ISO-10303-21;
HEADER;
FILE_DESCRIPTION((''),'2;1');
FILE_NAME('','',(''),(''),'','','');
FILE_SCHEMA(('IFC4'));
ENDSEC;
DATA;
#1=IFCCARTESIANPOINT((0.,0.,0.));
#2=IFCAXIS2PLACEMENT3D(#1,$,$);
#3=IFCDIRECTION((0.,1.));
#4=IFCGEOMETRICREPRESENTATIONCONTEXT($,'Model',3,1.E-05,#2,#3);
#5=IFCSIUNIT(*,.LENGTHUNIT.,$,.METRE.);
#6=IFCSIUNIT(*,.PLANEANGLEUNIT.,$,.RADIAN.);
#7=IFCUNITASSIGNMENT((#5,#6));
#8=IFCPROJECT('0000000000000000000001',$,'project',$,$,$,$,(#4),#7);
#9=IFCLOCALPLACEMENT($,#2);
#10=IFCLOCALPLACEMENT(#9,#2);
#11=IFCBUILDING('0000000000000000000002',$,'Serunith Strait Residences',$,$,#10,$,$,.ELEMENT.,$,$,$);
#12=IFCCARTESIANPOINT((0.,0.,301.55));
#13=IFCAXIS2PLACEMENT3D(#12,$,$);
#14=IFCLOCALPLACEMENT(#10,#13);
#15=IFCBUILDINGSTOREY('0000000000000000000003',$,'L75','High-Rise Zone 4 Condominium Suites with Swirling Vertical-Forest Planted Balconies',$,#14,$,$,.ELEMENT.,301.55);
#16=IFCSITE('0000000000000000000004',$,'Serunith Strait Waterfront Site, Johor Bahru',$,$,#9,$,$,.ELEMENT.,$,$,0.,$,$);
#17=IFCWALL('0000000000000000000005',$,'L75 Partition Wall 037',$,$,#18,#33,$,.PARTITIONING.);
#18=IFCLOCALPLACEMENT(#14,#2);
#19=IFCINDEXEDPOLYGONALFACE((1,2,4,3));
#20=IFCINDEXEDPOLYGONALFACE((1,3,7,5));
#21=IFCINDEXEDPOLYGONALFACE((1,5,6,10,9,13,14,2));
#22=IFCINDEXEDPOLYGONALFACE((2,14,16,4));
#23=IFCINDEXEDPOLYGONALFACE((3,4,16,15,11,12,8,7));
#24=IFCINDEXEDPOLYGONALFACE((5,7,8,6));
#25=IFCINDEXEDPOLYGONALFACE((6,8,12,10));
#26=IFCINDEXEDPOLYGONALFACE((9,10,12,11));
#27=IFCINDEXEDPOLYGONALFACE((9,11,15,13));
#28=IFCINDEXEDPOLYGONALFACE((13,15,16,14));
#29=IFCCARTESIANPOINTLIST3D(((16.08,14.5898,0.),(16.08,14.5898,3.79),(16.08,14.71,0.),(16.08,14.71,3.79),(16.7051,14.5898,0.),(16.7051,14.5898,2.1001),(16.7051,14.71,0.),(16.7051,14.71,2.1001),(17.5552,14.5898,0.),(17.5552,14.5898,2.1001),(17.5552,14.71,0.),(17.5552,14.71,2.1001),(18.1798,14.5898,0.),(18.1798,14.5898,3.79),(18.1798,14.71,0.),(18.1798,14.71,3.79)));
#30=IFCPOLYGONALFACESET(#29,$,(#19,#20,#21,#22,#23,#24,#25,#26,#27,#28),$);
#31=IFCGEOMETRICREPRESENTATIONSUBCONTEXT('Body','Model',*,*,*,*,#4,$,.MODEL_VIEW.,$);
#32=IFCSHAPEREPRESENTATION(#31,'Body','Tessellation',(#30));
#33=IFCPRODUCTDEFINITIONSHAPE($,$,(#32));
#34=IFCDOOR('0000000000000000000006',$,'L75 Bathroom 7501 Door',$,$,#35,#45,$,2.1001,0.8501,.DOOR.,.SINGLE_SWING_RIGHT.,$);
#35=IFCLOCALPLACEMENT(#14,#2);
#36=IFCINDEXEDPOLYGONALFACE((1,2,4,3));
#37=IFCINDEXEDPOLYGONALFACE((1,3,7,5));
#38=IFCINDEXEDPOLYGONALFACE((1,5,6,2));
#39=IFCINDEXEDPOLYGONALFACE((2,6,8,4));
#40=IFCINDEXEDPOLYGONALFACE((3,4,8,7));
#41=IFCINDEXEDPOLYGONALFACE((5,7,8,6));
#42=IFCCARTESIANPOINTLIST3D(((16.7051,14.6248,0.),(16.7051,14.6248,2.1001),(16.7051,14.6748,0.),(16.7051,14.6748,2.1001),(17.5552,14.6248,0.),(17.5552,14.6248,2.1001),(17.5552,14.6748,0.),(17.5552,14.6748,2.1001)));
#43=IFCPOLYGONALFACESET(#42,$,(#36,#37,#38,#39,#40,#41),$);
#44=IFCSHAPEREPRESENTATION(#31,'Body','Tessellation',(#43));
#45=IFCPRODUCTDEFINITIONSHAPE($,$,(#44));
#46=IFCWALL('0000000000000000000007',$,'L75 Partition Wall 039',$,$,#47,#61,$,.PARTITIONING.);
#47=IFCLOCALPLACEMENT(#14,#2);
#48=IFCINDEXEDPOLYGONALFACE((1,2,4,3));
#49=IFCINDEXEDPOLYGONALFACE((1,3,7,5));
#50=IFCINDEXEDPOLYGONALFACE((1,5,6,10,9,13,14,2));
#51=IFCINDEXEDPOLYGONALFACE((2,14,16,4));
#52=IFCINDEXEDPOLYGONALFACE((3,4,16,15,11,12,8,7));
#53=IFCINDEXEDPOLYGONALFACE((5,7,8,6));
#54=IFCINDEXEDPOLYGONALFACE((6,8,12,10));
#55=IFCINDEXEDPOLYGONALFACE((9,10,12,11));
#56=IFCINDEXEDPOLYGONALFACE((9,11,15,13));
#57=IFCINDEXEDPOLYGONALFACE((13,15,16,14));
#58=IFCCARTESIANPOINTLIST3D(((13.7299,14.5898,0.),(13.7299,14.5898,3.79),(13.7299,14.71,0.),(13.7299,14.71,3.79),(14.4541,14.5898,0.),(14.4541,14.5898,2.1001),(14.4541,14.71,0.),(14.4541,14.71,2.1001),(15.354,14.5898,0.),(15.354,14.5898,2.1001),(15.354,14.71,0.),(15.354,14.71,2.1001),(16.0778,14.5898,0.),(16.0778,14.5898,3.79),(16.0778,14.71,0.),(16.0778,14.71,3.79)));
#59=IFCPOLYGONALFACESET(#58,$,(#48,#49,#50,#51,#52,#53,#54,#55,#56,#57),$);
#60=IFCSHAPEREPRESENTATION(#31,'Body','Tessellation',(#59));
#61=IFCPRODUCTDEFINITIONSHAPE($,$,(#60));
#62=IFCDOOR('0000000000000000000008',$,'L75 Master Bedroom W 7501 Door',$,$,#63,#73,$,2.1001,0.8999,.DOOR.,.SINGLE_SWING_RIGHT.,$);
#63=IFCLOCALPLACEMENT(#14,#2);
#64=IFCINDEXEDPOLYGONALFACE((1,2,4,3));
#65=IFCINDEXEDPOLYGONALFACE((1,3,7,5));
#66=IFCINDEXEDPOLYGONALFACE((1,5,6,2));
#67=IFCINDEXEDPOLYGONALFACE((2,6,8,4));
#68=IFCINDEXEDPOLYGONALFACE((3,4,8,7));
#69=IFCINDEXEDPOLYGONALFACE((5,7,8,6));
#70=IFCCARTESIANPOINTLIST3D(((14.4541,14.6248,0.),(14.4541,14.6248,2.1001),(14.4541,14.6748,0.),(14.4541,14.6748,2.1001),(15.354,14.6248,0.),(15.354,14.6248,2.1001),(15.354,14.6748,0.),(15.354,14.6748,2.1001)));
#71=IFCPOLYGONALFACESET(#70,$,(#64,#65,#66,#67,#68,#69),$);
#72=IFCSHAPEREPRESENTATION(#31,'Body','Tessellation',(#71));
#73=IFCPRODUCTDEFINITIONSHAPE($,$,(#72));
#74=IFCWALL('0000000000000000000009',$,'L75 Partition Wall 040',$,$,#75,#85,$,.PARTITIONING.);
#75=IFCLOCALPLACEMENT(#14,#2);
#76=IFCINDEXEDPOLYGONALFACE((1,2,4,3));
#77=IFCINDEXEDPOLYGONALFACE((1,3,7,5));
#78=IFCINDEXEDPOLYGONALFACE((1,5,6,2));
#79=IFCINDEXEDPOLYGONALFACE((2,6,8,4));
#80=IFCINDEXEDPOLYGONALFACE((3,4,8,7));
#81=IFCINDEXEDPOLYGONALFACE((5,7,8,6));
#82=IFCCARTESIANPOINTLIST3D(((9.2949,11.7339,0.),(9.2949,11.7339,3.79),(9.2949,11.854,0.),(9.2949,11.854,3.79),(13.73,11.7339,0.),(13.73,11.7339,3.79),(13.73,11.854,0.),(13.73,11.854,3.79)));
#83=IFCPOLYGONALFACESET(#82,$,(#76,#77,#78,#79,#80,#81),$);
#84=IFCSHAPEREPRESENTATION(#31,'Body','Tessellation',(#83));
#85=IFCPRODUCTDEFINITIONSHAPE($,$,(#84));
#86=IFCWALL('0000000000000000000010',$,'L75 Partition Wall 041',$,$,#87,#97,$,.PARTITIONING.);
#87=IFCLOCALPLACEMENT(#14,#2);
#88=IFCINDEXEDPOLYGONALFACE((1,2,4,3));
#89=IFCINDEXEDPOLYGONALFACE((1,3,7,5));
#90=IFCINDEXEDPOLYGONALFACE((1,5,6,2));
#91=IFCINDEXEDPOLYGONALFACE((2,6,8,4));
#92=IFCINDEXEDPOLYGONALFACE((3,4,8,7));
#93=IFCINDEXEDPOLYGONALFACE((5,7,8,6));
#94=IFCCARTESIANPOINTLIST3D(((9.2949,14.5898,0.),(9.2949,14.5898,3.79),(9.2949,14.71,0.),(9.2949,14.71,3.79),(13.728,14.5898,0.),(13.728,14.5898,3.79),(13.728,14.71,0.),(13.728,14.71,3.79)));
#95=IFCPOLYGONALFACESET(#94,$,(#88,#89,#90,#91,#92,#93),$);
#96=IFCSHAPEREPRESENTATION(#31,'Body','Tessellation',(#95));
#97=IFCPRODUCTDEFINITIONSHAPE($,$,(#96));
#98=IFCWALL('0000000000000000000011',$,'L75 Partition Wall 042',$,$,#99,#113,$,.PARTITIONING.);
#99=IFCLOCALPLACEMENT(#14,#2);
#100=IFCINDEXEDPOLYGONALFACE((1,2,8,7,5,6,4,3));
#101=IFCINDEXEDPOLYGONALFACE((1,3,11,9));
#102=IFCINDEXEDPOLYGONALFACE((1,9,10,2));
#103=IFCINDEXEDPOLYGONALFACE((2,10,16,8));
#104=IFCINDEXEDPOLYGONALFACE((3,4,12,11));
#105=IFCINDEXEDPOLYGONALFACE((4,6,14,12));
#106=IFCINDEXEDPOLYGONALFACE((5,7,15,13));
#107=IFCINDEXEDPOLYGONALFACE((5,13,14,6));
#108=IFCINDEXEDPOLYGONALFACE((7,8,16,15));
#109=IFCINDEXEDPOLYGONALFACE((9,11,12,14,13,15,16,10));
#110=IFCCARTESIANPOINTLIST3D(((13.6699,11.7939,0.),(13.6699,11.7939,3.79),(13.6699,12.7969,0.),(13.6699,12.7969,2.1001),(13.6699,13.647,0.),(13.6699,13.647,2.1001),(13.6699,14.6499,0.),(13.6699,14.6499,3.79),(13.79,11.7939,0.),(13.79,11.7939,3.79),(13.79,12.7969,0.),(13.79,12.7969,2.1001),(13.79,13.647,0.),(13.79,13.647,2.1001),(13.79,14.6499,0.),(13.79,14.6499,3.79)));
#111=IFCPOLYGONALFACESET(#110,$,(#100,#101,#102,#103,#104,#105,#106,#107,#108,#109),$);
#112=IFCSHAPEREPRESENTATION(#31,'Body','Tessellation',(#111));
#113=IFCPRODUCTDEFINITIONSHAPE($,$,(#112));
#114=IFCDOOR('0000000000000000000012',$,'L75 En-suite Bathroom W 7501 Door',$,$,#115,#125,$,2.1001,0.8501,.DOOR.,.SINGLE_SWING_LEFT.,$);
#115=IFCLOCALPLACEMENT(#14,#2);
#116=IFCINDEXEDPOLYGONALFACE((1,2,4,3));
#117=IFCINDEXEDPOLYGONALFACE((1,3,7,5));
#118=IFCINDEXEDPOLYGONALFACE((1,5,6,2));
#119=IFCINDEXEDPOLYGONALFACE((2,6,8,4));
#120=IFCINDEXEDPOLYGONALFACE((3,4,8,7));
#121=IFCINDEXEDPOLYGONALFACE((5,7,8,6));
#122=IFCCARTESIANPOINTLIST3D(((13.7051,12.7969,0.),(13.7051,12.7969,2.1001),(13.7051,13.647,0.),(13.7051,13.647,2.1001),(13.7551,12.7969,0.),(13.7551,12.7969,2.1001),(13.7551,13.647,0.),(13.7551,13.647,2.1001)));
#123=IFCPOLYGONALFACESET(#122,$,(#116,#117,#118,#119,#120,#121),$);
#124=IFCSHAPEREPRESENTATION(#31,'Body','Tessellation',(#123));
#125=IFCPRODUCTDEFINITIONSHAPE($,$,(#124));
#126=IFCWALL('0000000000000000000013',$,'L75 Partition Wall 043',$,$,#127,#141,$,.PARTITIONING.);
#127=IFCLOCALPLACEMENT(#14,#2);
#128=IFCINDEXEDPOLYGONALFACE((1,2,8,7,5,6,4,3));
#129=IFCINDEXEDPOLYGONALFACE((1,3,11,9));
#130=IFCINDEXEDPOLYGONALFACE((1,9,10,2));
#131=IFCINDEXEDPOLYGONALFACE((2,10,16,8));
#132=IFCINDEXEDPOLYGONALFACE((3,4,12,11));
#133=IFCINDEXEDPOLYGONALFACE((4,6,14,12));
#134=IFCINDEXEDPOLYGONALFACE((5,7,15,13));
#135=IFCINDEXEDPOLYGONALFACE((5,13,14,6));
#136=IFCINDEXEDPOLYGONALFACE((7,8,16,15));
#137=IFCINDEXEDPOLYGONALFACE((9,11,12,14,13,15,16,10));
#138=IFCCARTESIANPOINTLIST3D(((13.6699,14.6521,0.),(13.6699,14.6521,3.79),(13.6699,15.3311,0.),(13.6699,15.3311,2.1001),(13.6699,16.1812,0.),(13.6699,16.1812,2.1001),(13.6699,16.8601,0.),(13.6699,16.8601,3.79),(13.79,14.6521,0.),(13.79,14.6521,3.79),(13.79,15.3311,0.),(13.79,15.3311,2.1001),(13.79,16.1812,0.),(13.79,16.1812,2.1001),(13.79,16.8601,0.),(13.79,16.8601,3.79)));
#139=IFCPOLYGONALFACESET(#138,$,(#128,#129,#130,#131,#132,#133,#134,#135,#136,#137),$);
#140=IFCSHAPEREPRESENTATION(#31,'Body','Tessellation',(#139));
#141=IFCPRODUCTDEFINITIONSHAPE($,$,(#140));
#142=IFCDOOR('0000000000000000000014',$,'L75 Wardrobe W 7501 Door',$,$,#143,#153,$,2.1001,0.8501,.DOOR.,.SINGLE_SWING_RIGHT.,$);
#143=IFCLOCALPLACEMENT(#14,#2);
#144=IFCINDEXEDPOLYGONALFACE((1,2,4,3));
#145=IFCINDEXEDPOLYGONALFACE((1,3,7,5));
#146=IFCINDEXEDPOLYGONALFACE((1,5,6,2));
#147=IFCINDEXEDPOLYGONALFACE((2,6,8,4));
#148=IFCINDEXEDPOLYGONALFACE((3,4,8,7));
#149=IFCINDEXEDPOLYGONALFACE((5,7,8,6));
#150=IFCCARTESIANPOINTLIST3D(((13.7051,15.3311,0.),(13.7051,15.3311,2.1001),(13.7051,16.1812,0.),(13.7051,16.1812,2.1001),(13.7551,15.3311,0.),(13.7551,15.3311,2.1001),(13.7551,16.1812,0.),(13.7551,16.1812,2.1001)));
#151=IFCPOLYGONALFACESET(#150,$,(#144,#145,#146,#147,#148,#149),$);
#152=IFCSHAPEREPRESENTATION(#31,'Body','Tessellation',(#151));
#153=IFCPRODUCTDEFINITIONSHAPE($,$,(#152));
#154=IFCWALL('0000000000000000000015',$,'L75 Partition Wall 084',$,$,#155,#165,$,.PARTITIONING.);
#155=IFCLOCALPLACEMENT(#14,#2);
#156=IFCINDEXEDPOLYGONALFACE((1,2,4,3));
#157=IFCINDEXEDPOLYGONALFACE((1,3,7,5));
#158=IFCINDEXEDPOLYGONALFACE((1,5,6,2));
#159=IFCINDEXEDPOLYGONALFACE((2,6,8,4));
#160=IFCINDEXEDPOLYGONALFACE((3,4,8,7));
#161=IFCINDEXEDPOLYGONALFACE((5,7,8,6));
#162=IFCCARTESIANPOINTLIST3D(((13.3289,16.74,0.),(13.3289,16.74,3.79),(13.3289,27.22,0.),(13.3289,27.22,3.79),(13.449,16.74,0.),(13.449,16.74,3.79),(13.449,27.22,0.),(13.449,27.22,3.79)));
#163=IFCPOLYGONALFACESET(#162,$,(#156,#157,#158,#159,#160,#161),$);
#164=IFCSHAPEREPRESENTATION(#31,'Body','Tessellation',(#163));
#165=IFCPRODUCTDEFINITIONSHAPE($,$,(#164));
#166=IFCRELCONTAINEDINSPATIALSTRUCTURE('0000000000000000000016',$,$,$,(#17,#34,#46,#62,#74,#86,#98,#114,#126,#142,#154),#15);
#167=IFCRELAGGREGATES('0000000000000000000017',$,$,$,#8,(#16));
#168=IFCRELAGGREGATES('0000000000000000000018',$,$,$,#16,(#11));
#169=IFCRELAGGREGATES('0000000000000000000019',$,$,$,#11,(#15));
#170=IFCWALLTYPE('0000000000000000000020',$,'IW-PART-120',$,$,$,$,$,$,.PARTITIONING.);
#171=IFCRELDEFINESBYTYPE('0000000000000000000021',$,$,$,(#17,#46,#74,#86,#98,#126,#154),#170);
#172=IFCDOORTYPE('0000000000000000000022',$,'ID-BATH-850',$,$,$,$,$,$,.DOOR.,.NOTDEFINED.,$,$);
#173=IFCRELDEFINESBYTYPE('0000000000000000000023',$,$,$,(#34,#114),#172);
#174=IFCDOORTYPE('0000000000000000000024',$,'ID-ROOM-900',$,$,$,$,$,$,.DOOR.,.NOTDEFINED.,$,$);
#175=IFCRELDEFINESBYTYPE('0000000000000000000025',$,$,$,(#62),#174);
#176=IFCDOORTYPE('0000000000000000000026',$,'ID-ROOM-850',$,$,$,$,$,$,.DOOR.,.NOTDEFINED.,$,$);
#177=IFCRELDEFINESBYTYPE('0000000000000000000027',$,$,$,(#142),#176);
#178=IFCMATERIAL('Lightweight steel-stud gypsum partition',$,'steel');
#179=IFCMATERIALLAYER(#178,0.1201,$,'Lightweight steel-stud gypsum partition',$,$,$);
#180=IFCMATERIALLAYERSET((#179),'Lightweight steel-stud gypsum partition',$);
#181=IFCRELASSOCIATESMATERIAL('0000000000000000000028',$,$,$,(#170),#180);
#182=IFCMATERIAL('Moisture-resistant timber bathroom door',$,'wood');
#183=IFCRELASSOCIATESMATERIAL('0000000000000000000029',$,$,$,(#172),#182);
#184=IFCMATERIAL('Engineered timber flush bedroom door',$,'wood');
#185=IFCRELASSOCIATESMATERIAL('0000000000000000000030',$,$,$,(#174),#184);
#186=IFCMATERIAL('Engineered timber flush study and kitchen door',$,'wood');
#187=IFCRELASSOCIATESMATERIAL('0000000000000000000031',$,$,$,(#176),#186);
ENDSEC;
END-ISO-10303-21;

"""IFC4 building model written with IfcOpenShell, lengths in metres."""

from ifc_helpers import new_model, si_unit, direction, frame, frame_2d, origin, place, context, subcontext, project, spatial, rectangle, extrude, source, transform, mapped, material, layer, layer_set, type_object, element, fill, save


model = new_model("IFC4")

# Units and contexts
model_context = context("Model", 3, precision=1e-05, world=origin(), true_north=direction((0.0, 1.0)))
body_context = subcontext(model_context, "Body", "Model", "MODEL_VIEW")
ifc_project = project(units=[si_unit("LENGTHUNIT", "METRE"), si_unit("PLANEANGLEUNIT", "RADIAN")], contexts=[model_context])

# Site, building, storey
site_placement = place(None, origin())
site = spatial("IfcSite", under=ifc_project, at=site_placement, Name="Serunith Strait Waterfront Site, Johor Bahru", CompositionType="ELEMENT", RefElevation=0.0)
building_placement = place(site_placement, origin())
building = spatial("IfcBuilding", under=site, at=building_placement, Name="Serunith Strait Residences", CompositionType="ELEMENT")
storey_placement = place(building_placement, frame((0.0, 0.0, 301.55)))
storey = spatial("IfcBuildingStorey", under=building, at=storey_placement, Name="L75", Description="High-Rise Zone 4 Condominium Suites with Swirling Vertical-Forest Planted Balconies", CompositionType="ELEMENT", Elevation=301.55)

# Walls, openings, doors
ifc_material_1 = material(Name="Lightweight steel-stud gypsum partition", Category="steel")
ifc_layer_1 = layer(ifc_material_1, 0.1201, Name="Lightweight steel-stud gypsum partition")
ifc_layer_set_1 = layer_set([ifc_layer_1], Name="Lightweight steel-stud gypsum partition")
wall_type_1 = type_object("IfcWallType", Name="IW-PART-120", PredefinedType="PARTITIONING", material=ifc_layer_set_1)
wall_1_placement = place(storey_placement, frame((16.0801, 14.6499, 0.0), z_axis=(0.0, 0.0, 1.0), x_axis=(1.0, 0.0, 0.0)))
wall_1 = element("IfcWall", 1, at=wall_1_placement, inside=storey, type_object=wall_type_1, Name="L75 Partition Wall 037", PredefinedType="PARTITIONING", context=body_context, shape_type="SweptSolid", body=[
    extrude(rectangle(XDim=2.0999, YDim=0.1201, at=frame_2d((1.0498, 0.0))), origin(), (0.0, 0.0, 1.0), 3.79),
])
opening_1_placement = place(wall_1_placement, frame((0.625, 0.0, 0.0)))
opening_1 = element("IfcOpeningElement", 2, at=opening_1_placement, cuts=wall_1, PredefinedType="OPENING", context=body_context, shape_type="SweptSolid", body=[
    extrude(rectangle(XDim=0.8501, YDim=2.1001, at=frame_2d((0.425, 1.05))), frame((0.0, 0.0701, 0.0), z_axis=(0.0, -1.0, 0.0), x_axis=(1.0, 0.0, 0.0)), (0.0, 0.0, 1.0), 0.1401),
])
ifc_material_2 = material(Name="Moisture-resistant timber bathroom door", Category="wood")
door_type_1 = type_object("IfcDoorType", Name="ID-BATH-850", OperationType="NOTDEFINED", PredefinedType="DOOR", material=ifc_material_2)
shared_shape_1 = source(origin(), body_context, "Body", "SweptSolid", [
    extrude(rectangle(XDim=0.8501, YDim=2.1001, at=frame_2d((0.425, 1.05))), frame((0.0, 0.0249, 0.0), z_axis=(0.0, -1.0, 0.0), x_axis=(1.0, 0.0, 0.0)), (0.0, 0.0, 1.0), 0.05),
])
door_1_placement = place(opening_1_placement, origin())
door_1 = element("IfcDoor", 3, at=door_1_placement, inside=storey, type_object=door_type_1, Name="L75 Bathroom 7501 Door", OperationType="SINGLE_SWING_RIGHT", OverallHeight=2.1001, OverallWidth=0.8501, PredefinedType="DOOR", context=body_context, shape_type="MappedRepresentation", body=[
    mapped(shared_shape_1, transform((0.0, 0.0, 0.0), scale=1.0)),
])
fill(opening_1, door_1)
wall_2_placement = place(storey_placement, frame((13.73, 14.6499, 0.0), z_axis=(0.0, 0.0, 1.0), x_axis=(1.0, 0.0, 0.0)))
wall_2 = element("IfcWall", 4, at=wall_2_placement, inside=storey, type_object=wall_type_1, Name="L75 Partition Wall 039", PredefinedType="PARTITIONING", context=body_context, shape_type="SweptSolid", body=[
    extrude(rectangle(XDim=2.3479, YDim=0.1201, at=frame_2d((1.1738, 0.0))), origin(), (0.0, 0.0, 1.0), 3.79),
])
opening_2_placement = place(wall_2_placement, frame((0.7241, 0.0, 0.0)))
opening_2 = element("IfcOpeningElement", 5, at=opening_2_placement, cuts=wall_2, PredefinedType="OPENING", context=body_context, shape_type="SweptSolid", body=[
    extrude(rectangle(XDim=0.8999, YDim=2.1001, at=frame_2d((0.45, 1.05))), frame((0.0, 0.0701, 0.0), z_axis=(0.0, -1.0, 0.0), x_axis=(1.0, 0.0, 0.0)), (0.0, 0.0, 1.0), 0.1401),
])
ifc_material_3 = material(Name="Engineered timber flush bedroom door", Category="wood")
door_type_2 = type_object("IfcDoorType", Name="ID-ROOM-900", OperationType="NOTDEFINED", PredefinedType="DOOR", material=ifc_material_3)
shared_shape_2 = source(origin(), body_context, "Body", "SweptSolid", [
    extrude(rectangle(XDim=0.8999, YDim=2.1001, at=frame_2d((0.45, 1.05))), frame((0.0, 0.0249, 0.0), z_axis=(0.0, -1.0, 0.0), x_axis=(1.0, 0.0, 0.0)), (0.0, 0.0, 1.0), 0.05),
])
door_2_placement = place(opening_2_placement, origin())
door_2 = element("IfcDoor", 6, at=door_2_placement, inside=storey, type_object=door_type_2, Name="L75 Master Bedroom W 7501 Door", OperationType="SINGLE_SWING_RIGHT", OverallHeight=2.1001, OverallWidth=0.8999, PredefinedType="DOOR", context=body_context, shape_type="MappedRepresentation", body=[
    mapped(shared_shape_2, transform((0.0, 0.0, 0.0), scale=1.0)),
])
fill(opening_2, door_2)

# Walls
wall_3_placement = place(storey_placement, frame((9.2949, 11.7939, 0.0), z_axis=(0.0, 0.0, 1.0), x_axis=(1.0, 0.0, 0.0)))
element("IfcWall", 7, at=wall_3_placement, inside=storey, type_object=wall_type_1, Name="L75 Partition Wall 040", PredefinedType="PARTITIONING", context=body_context, shape_type="SweptSolid", body=[
    extrude(rectangle(XDim=4.4351, YDim=0.1201, at=frame_2d((2.2175, 0.0))), origin(), (0.0, 0.0, 1.0), 3.79),
])
wall_4_placement = place(storey_placement, frame((9.2949, 14.6499, 0.0), z_axis=(0.0, 0.0, 1.0), x_axis=(1.0, 0.0, 0.0)))
element("IfcWall", 8, at=wall_4_placement, inside=storey, type_object=wall_type_1, Name="L75 Partition Wall 041", PredefinedType="PARTITIONING", context=body_context, shape_type="SweptSolid", body=[
    extrude(rectangle(XDim=4.4331, YDim=0.1201, at=frame_2d((2.2166, 0.0))), origin(), (0.0, 0.0, 1.0), 3.79),
])

# Walls, openings, doors
wall_5_placement = place(storey_placement, frame((13.73, 11.7939, 0.0), z_axis=(0.0, 0.0, 1.0), x_axis=(0.0, 1.0, 0.0)))
wall_5 = element("IfcWall", 9, at=wall_5_placement, inside=storey, type_object=wall_type_1, Name="L75 Partition Wall 042", PredefinedType="PARTITIONING", context=body_context, shape_type="SweptSolid", body=[
    extrude(rectangle(XDim=2.856, YDim=0.1201, at=frame_2d((1.428, 0.0))), origin(), (0.0, 0.0, 1.0), 3.79),
])
opening_3_placement = place(wall_5_placement, frame((1.0029, 0.0, 0.0)))
opening_3 = element("IfcOpeningElement", 10, at=opening_3_placement, cuts=wall_5, PredefinedType="OPENING", context=body_context, shape_type="SweptSolid", body=[
    extrude(rectangle(XDim=0.8501, YDim=2.1001, at=frame_2d((0.425, 1.05))), frame((0.0, 0.0701, 0.0), z_axis=(0.0, -1.0, 0.0), x_axis=(1.0, 0.0, 0.0)), (0.0, 0.0, 1.0), 0.1401),
])
door_3_placement = place(opening_3_placement, origin())
door_3 = element("IfcDoor", 11, at=door_3_placement, inside=storey, type_object=door_type_1, Name="L75 En-suite Bathroom W 7501 Door", OperationType="SINGLE_SWING_LEFT", OverallHeight=2.1001, OverallWidth=0.8501, PredefinedType="DOOR", context=body_context, shape_type="MappedRepresentation", body=[
    mapped(shared_shape_1, transform((0.0, 0.0, 0.0), scale=1.0)),
])
fill(opening_3, door_3)
wall_6_placement = place(storey_placement, frame((13.73, 14.6521, 0.0), z_axis=(0.0, 0.0, 1.0), x_axis=(0.0, 1.0, 0.0)))
wall_6 = element("IfcWall", 12, at=wall_6_placement, inside=storey, type_object=wall_type_1, Name="L75 Partition Wall 043", PredefinedType="PARTITIONING", context=body_context, shape_type="SweptSolid", body=[
    extrude(rectangle(XDim=2.208, YDim=0.1201, at=frame_2d((1.104, 0.0))), origin(), (0.0, 0.0, 1.0), 3.79),
])
opening_4_placement = place(wall_6_placement, frame((0.679, 0.0, 0.0)))
opening_4 = element("IfcOpeningElement", 13, at=opening_4_placement, cuts=wall_6, PredefinedType="OPENING", context=body_context, shape_type="SweptSolid", body=[
    extrude(rectangle(XDim=0.8501, YDim=2.1001, at=frame_2d((0.425, 1.05))), frame((0.0, 0.0701, 0.0), z_axis=(0.0, -1.0, 0.0), x_axis=(1.0, 0.0, 0.0)), (0.0, 0.0, 1.0), 0.1401),
])
ifc_material_4 = material(Name="Engineered timber flush study and kitchen door", Category="wood")
door_type_3 = type_object("IfcDoorType", Name="ID-ROOM-850", OperationType="NOTDEFINED", PredefinedType="DOOR", material=ifc_material_4)
door_4_placement = place(opening_4_placement, origin())
door_4 = element("IfcDoor", 14, at=door_4_placement, inside=storey, type_object=door_type_3, Name="L75 Wardrobe W 7501 Door", OperationType="SINGLE_SWING_RIGHT", OverallHeight=2.1001, OverallWidth=0.8501, PredefinedType="DOOR", context=body_context, shape_type="MappedRepresentation", body=[
    mapped(shared_shape_1, transform((0.0, 0.0, 0.0), scale=1.0)),
])
fill(opening_4, door_4)

# Wall
wall_7_placement = place(storey_placement, frame((13.3889, 16.74, 0.0), z_axis=(0.0, 0.0, 1.0), x_axis=(0.0, 1.0, 0.0)))
element("IfcWall", 15, at=wall_7_placement, inside=storey, type_object=wall_type_1, Name="L75 Partition Wall 084", PredefinedType="PARTITIONING", context=body_context, shape_type="SweptSolid", body=[
    extrude(rectangle(XDim=10.48, YDim=0.1201, at=frame_2d((5.24, 0.0))), origin(), (0.0, 0.0, 1.0), 3.79),
])

save(model, "model.ifc")
